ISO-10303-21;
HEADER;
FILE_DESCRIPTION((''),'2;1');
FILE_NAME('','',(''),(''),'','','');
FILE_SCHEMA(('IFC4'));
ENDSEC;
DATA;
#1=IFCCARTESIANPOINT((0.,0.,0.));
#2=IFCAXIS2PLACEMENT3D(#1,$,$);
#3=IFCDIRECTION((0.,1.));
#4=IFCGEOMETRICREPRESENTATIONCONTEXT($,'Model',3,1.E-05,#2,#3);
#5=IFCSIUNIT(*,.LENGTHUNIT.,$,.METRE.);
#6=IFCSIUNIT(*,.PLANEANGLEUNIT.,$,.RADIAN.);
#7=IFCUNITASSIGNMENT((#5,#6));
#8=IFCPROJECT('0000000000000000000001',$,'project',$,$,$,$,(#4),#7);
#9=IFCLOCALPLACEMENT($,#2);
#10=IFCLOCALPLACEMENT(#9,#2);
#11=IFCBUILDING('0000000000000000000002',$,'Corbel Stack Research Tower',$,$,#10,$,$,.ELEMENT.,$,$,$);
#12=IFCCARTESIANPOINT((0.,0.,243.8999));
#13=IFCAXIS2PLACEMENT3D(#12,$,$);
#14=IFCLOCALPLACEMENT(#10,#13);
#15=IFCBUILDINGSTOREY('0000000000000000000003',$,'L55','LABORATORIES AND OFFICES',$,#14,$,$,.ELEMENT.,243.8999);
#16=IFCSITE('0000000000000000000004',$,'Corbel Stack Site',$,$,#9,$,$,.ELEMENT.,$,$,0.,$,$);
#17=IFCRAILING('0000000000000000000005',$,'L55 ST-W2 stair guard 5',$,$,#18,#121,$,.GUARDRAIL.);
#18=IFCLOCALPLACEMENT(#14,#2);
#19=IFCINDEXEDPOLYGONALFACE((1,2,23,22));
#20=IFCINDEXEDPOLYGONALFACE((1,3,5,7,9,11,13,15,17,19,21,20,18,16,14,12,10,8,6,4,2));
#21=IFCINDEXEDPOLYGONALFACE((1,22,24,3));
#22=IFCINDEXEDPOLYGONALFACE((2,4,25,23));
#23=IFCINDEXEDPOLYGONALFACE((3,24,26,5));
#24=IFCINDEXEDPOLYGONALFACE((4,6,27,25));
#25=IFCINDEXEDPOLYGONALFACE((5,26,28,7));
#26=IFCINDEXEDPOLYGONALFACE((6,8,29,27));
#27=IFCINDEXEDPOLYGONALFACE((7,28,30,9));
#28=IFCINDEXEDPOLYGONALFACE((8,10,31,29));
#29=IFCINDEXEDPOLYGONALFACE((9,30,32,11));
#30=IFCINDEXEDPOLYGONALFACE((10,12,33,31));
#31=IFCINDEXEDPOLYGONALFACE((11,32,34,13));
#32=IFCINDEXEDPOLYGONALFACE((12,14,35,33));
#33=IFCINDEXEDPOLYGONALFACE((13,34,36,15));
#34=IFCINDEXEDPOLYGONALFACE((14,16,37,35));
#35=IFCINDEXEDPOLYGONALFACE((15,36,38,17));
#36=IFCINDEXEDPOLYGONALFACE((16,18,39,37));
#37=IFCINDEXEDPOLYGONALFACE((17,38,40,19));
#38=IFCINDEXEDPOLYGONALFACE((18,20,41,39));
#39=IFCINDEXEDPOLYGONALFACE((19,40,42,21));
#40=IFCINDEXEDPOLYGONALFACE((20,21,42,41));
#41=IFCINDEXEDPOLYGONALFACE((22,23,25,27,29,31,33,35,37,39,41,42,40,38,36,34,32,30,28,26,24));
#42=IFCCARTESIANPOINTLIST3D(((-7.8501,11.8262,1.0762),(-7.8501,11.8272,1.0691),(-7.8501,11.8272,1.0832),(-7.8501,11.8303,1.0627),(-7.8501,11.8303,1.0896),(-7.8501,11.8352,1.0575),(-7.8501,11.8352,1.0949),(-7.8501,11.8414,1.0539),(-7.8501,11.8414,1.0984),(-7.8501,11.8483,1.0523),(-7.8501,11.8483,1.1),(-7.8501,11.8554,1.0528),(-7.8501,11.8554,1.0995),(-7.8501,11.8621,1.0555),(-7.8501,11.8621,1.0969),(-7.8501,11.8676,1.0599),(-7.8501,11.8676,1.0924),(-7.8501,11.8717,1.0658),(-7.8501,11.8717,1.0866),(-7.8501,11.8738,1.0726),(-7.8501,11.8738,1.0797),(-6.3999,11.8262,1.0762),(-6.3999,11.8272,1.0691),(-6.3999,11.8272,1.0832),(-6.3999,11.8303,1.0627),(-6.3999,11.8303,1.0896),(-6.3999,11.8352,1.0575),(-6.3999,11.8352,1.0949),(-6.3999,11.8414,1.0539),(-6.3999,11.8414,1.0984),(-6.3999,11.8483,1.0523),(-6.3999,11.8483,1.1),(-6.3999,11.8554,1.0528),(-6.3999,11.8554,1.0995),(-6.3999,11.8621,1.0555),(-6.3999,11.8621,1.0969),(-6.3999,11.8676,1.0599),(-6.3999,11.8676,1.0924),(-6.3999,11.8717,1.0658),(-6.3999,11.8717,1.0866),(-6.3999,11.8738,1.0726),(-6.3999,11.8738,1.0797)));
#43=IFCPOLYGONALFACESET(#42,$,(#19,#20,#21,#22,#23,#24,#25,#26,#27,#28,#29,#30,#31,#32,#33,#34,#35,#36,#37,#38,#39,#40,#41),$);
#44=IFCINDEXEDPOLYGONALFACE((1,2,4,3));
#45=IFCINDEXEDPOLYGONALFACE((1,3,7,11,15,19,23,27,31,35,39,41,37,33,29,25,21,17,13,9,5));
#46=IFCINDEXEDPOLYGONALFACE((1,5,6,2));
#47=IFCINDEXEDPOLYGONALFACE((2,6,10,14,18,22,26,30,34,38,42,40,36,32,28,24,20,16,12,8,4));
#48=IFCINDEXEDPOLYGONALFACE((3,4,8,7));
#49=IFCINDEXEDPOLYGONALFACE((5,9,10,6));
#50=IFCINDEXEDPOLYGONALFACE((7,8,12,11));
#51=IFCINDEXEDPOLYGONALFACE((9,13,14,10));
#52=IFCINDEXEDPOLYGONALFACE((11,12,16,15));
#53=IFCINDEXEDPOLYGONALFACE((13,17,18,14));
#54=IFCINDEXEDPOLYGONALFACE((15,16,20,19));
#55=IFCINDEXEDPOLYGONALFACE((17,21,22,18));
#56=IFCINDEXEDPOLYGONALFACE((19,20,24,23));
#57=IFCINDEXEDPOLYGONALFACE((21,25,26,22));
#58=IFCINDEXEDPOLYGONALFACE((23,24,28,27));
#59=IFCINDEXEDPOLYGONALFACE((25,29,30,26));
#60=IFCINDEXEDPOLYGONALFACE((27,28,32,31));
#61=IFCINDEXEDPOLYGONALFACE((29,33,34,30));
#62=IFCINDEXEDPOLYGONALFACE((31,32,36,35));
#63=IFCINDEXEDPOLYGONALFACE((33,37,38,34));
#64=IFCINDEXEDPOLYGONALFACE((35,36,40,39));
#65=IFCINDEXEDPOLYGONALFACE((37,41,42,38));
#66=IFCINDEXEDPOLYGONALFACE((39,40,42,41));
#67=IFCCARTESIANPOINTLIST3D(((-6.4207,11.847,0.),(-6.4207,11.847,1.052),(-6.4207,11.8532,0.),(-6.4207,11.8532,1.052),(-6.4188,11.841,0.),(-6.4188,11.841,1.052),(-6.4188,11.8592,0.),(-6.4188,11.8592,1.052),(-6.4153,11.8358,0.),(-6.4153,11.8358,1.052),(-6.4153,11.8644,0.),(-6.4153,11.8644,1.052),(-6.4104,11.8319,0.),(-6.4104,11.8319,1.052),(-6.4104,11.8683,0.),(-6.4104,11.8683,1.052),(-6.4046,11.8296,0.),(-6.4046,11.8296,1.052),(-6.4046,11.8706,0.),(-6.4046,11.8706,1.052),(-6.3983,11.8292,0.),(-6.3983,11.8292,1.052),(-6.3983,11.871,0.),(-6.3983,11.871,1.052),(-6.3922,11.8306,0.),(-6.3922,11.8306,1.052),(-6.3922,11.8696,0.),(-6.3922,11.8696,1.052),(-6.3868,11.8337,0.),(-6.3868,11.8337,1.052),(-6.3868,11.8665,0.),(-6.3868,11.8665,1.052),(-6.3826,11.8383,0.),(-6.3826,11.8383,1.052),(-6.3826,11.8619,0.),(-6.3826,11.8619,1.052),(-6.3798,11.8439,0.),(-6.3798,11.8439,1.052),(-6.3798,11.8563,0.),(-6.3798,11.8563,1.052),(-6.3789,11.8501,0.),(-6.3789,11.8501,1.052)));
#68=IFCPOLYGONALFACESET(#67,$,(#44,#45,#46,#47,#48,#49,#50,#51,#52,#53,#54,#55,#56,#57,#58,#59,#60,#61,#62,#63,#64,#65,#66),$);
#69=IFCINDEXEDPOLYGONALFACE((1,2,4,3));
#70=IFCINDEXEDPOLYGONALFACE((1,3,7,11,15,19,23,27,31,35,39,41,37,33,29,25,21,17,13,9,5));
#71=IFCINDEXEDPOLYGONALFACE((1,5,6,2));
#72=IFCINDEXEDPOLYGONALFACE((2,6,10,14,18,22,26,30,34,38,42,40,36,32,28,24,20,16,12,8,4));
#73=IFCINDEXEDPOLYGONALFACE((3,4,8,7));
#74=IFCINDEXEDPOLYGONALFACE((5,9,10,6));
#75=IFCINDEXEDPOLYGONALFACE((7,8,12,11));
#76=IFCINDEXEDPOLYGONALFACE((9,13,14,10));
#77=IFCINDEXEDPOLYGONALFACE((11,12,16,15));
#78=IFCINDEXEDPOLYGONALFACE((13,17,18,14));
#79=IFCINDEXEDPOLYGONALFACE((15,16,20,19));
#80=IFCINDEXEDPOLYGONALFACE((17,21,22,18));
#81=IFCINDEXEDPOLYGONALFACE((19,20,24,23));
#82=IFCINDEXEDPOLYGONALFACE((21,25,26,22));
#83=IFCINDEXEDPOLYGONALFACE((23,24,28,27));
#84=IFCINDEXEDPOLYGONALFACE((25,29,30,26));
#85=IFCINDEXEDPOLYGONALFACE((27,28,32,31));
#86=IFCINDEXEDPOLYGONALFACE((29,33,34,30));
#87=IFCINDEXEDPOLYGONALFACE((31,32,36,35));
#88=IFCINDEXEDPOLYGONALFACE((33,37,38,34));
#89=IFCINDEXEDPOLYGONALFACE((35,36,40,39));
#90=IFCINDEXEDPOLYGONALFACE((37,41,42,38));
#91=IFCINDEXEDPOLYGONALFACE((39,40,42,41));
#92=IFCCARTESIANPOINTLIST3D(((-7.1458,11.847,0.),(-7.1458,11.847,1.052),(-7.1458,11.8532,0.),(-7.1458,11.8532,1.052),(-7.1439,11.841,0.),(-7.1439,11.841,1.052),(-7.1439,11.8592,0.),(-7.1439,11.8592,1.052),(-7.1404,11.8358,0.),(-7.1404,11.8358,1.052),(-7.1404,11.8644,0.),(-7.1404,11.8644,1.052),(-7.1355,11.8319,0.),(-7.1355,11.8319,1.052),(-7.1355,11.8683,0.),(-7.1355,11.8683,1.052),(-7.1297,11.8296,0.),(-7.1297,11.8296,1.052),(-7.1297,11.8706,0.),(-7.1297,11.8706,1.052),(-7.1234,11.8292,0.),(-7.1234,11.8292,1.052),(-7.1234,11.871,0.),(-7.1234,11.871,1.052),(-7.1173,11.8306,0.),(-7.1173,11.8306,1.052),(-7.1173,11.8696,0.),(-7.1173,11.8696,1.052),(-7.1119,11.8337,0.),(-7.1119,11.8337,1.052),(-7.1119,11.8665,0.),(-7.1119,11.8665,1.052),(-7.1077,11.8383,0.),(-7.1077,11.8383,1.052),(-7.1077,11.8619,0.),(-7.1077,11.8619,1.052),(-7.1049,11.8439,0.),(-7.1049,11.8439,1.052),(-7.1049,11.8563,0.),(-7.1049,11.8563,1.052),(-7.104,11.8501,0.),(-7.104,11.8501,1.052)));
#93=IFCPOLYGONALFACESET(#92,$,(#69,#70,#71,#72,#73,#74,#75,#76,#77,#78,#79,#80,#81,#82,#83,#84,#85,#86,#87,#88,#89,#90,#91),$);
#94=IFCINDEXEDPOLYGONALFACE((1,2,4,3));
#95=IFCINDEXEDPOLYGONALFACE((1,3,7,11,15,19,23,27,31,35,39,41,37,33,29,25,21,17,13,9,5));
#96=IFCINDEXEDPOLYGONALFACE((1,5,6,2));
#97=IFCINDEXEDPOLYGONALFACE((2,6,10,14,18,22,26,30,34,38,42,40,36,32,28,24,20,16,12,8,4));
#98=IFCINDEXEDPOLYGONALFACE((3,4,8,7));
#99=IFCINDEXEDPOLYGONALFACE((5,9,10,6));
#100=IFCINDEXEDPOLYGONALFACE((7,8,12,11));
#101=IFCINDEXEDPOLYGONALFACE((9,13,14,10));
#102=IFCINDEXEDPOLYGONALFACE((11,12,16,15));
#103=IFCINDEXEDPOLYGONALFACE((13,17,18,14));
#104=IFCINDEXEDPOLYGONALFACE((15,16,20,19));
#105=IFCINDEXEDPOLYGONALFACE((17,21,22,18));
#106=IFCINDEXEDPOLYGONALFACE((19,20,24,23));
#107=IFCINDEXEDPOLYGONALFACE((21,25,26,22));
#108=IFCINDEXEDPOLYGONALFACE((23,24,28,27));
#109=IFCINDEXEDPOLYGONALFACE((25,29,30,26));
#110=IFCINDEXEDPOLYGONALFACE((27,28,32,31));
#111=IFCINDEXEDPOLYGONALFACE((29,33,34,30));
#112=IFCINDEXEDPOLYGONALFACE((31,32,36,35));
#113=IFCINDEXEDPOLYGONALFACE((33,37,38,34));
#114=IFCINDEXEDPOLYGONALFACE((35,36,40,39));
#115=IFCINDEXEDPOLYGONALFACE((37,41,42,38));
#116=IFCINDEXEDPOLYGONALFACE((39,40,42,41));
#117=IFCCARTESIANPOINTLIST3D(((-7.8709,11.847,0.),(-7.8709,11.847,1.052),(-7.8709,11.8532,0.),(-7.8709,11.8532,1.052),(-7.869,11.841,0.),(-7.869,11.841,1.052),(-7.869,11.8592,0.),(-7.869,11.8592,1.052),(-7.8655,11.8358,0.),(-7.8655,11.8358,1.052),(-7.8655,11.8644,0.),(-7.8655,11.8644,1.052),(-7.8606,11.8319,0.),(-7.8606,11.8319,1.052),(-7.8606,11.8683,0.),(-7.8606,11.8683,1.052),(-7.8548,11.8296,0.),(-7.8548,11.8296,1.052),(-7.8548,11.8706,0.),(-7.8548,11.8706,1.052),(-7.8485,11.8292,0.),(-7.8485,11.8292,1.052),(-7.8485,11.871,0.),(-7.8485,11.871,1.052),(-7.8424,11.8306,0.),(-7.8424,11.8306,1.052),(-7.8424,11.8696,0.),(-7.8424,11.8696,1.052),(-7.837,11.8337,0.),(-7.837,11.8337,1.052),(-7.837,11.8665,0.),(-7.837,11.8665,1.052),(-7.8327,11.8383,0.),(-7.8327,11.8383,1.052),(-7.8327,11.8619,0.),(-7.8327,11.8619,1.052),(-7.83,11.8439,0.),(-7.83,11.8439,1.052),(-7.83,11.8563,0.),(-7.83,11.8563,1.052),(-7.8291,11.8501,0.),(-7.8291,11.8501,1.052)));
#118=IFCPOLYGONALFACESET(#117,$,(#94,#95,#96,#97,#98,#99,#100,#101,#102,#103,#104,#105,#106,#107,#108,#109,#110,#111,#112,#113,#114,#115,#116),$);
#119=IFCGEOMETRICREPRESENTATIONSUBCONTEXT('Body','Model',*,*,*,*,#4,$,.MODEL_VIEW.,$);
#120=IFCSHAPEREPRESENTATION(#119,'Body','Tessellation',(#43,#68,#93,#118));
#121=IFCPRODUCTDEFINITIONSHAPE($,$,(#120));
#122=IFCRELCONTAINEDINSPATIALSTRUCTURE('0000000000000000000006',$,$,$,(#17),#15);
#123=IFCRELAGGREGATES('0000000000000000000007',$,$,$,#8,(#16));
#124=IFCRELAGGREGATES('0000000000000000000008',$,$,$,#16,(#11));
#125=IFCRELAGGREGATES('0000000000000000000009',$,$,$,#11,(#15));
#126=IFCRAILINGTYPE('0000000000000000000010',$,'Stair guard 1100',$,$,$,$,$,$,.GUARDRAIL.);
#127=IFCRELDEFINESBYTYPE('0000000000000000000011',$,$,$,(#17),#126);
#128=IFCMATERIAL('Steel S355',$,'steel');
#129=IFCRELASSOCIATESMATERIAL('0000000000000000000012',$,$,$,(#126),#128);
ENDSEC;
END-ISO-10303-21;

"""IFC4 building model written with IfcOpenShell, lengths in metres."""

from ifc_helpers import new_model, si_unit, direction, frame, origin, origin_2d, place, context, subcontext, project, spatial, circle, extrude, material, type_object, element, save


model = new_model("IFC4")

# Units and contexts
model_context = context("Model", 3, precision=1e-05, world=origin(), true_north=direction((0.0, 1.0)))
body_context = subcontext(model_context, "Body", "Model", "MODEL_VIEW")
ifc_project = project(units=[si_unit("LENGTHUNIT", "METRE"), si_unit("PLANEANGLEUNIT", "RADIAN")], contexts=[model_context])

# Site, building, storey
site_placement = place(None, origin())
site = spatial("IfcSite", under=ifc_project, at=site_placement, Name="Corbel Stack Site", CompositionType="ELEMENT", RefElevation=0.0)
building_placement = place(site_placement, origin())
building = spatial("IfcBuilding", under=site, at=building_placement, Name="Corbel Stack Research Tower", CompositionType="ELEMENT")
storey_placement = place(building_placement, frame((0.0, 0.0, 243.8999)))
storey = spatial("IfcBuildingStorey", under=building, at=storey_placement, Name="L55", Description="LABORATORIES AND OFFICES", CompositionType="ELEMENT", Elevation=243.8999)

# Railing
ifc_material_1 = material(Name="Steel S355", Category="steel")
railing_type_1 = type_object("IfcRailingType", Name="Stair guard 1100", PredefinedType="GUARDRAIL", material=ifc_material_1)
railing_1_placement = place(storey_placement, frame((-6.3999, 11.8501, 0.0)))
element("IfcRailing", 1, at=railing_1_placement, inside=storey, type_object=railing_type_1, Name="L55 ST-W2 stair guard 5", PredefinedType="GUARDRAIL", context=body_context, shape_type="SweptSolid", body=[
    extrude(circle(Radius=0.0239, at=origin_2d()), frame((0.0, 0.0, 1.0762), z_axis=(-1.0, 0.0, 0.0), x_axis=(0.0, -1.0, 0.0)), (0.0, 0.0, 1.0), 1.4502),
    extrude(circle(Radius=0.021, at=origin_2d()), origin(), (0.0, 0.0, 1.0), 1.052),
    extrude(circle(Radius=0.021, at=origin_2d()), frame((-0.7251, 0.0, 0.0)), (0.0, 0.0, 1.0), 1.052),
    extrude(circle(Radius=0.021, at=origin_2d()), frame((-1.4502, 0.0, 0.0)), (0.0, 0.0, 1.0), 1.052),
])

save(model, "model.ifc")
